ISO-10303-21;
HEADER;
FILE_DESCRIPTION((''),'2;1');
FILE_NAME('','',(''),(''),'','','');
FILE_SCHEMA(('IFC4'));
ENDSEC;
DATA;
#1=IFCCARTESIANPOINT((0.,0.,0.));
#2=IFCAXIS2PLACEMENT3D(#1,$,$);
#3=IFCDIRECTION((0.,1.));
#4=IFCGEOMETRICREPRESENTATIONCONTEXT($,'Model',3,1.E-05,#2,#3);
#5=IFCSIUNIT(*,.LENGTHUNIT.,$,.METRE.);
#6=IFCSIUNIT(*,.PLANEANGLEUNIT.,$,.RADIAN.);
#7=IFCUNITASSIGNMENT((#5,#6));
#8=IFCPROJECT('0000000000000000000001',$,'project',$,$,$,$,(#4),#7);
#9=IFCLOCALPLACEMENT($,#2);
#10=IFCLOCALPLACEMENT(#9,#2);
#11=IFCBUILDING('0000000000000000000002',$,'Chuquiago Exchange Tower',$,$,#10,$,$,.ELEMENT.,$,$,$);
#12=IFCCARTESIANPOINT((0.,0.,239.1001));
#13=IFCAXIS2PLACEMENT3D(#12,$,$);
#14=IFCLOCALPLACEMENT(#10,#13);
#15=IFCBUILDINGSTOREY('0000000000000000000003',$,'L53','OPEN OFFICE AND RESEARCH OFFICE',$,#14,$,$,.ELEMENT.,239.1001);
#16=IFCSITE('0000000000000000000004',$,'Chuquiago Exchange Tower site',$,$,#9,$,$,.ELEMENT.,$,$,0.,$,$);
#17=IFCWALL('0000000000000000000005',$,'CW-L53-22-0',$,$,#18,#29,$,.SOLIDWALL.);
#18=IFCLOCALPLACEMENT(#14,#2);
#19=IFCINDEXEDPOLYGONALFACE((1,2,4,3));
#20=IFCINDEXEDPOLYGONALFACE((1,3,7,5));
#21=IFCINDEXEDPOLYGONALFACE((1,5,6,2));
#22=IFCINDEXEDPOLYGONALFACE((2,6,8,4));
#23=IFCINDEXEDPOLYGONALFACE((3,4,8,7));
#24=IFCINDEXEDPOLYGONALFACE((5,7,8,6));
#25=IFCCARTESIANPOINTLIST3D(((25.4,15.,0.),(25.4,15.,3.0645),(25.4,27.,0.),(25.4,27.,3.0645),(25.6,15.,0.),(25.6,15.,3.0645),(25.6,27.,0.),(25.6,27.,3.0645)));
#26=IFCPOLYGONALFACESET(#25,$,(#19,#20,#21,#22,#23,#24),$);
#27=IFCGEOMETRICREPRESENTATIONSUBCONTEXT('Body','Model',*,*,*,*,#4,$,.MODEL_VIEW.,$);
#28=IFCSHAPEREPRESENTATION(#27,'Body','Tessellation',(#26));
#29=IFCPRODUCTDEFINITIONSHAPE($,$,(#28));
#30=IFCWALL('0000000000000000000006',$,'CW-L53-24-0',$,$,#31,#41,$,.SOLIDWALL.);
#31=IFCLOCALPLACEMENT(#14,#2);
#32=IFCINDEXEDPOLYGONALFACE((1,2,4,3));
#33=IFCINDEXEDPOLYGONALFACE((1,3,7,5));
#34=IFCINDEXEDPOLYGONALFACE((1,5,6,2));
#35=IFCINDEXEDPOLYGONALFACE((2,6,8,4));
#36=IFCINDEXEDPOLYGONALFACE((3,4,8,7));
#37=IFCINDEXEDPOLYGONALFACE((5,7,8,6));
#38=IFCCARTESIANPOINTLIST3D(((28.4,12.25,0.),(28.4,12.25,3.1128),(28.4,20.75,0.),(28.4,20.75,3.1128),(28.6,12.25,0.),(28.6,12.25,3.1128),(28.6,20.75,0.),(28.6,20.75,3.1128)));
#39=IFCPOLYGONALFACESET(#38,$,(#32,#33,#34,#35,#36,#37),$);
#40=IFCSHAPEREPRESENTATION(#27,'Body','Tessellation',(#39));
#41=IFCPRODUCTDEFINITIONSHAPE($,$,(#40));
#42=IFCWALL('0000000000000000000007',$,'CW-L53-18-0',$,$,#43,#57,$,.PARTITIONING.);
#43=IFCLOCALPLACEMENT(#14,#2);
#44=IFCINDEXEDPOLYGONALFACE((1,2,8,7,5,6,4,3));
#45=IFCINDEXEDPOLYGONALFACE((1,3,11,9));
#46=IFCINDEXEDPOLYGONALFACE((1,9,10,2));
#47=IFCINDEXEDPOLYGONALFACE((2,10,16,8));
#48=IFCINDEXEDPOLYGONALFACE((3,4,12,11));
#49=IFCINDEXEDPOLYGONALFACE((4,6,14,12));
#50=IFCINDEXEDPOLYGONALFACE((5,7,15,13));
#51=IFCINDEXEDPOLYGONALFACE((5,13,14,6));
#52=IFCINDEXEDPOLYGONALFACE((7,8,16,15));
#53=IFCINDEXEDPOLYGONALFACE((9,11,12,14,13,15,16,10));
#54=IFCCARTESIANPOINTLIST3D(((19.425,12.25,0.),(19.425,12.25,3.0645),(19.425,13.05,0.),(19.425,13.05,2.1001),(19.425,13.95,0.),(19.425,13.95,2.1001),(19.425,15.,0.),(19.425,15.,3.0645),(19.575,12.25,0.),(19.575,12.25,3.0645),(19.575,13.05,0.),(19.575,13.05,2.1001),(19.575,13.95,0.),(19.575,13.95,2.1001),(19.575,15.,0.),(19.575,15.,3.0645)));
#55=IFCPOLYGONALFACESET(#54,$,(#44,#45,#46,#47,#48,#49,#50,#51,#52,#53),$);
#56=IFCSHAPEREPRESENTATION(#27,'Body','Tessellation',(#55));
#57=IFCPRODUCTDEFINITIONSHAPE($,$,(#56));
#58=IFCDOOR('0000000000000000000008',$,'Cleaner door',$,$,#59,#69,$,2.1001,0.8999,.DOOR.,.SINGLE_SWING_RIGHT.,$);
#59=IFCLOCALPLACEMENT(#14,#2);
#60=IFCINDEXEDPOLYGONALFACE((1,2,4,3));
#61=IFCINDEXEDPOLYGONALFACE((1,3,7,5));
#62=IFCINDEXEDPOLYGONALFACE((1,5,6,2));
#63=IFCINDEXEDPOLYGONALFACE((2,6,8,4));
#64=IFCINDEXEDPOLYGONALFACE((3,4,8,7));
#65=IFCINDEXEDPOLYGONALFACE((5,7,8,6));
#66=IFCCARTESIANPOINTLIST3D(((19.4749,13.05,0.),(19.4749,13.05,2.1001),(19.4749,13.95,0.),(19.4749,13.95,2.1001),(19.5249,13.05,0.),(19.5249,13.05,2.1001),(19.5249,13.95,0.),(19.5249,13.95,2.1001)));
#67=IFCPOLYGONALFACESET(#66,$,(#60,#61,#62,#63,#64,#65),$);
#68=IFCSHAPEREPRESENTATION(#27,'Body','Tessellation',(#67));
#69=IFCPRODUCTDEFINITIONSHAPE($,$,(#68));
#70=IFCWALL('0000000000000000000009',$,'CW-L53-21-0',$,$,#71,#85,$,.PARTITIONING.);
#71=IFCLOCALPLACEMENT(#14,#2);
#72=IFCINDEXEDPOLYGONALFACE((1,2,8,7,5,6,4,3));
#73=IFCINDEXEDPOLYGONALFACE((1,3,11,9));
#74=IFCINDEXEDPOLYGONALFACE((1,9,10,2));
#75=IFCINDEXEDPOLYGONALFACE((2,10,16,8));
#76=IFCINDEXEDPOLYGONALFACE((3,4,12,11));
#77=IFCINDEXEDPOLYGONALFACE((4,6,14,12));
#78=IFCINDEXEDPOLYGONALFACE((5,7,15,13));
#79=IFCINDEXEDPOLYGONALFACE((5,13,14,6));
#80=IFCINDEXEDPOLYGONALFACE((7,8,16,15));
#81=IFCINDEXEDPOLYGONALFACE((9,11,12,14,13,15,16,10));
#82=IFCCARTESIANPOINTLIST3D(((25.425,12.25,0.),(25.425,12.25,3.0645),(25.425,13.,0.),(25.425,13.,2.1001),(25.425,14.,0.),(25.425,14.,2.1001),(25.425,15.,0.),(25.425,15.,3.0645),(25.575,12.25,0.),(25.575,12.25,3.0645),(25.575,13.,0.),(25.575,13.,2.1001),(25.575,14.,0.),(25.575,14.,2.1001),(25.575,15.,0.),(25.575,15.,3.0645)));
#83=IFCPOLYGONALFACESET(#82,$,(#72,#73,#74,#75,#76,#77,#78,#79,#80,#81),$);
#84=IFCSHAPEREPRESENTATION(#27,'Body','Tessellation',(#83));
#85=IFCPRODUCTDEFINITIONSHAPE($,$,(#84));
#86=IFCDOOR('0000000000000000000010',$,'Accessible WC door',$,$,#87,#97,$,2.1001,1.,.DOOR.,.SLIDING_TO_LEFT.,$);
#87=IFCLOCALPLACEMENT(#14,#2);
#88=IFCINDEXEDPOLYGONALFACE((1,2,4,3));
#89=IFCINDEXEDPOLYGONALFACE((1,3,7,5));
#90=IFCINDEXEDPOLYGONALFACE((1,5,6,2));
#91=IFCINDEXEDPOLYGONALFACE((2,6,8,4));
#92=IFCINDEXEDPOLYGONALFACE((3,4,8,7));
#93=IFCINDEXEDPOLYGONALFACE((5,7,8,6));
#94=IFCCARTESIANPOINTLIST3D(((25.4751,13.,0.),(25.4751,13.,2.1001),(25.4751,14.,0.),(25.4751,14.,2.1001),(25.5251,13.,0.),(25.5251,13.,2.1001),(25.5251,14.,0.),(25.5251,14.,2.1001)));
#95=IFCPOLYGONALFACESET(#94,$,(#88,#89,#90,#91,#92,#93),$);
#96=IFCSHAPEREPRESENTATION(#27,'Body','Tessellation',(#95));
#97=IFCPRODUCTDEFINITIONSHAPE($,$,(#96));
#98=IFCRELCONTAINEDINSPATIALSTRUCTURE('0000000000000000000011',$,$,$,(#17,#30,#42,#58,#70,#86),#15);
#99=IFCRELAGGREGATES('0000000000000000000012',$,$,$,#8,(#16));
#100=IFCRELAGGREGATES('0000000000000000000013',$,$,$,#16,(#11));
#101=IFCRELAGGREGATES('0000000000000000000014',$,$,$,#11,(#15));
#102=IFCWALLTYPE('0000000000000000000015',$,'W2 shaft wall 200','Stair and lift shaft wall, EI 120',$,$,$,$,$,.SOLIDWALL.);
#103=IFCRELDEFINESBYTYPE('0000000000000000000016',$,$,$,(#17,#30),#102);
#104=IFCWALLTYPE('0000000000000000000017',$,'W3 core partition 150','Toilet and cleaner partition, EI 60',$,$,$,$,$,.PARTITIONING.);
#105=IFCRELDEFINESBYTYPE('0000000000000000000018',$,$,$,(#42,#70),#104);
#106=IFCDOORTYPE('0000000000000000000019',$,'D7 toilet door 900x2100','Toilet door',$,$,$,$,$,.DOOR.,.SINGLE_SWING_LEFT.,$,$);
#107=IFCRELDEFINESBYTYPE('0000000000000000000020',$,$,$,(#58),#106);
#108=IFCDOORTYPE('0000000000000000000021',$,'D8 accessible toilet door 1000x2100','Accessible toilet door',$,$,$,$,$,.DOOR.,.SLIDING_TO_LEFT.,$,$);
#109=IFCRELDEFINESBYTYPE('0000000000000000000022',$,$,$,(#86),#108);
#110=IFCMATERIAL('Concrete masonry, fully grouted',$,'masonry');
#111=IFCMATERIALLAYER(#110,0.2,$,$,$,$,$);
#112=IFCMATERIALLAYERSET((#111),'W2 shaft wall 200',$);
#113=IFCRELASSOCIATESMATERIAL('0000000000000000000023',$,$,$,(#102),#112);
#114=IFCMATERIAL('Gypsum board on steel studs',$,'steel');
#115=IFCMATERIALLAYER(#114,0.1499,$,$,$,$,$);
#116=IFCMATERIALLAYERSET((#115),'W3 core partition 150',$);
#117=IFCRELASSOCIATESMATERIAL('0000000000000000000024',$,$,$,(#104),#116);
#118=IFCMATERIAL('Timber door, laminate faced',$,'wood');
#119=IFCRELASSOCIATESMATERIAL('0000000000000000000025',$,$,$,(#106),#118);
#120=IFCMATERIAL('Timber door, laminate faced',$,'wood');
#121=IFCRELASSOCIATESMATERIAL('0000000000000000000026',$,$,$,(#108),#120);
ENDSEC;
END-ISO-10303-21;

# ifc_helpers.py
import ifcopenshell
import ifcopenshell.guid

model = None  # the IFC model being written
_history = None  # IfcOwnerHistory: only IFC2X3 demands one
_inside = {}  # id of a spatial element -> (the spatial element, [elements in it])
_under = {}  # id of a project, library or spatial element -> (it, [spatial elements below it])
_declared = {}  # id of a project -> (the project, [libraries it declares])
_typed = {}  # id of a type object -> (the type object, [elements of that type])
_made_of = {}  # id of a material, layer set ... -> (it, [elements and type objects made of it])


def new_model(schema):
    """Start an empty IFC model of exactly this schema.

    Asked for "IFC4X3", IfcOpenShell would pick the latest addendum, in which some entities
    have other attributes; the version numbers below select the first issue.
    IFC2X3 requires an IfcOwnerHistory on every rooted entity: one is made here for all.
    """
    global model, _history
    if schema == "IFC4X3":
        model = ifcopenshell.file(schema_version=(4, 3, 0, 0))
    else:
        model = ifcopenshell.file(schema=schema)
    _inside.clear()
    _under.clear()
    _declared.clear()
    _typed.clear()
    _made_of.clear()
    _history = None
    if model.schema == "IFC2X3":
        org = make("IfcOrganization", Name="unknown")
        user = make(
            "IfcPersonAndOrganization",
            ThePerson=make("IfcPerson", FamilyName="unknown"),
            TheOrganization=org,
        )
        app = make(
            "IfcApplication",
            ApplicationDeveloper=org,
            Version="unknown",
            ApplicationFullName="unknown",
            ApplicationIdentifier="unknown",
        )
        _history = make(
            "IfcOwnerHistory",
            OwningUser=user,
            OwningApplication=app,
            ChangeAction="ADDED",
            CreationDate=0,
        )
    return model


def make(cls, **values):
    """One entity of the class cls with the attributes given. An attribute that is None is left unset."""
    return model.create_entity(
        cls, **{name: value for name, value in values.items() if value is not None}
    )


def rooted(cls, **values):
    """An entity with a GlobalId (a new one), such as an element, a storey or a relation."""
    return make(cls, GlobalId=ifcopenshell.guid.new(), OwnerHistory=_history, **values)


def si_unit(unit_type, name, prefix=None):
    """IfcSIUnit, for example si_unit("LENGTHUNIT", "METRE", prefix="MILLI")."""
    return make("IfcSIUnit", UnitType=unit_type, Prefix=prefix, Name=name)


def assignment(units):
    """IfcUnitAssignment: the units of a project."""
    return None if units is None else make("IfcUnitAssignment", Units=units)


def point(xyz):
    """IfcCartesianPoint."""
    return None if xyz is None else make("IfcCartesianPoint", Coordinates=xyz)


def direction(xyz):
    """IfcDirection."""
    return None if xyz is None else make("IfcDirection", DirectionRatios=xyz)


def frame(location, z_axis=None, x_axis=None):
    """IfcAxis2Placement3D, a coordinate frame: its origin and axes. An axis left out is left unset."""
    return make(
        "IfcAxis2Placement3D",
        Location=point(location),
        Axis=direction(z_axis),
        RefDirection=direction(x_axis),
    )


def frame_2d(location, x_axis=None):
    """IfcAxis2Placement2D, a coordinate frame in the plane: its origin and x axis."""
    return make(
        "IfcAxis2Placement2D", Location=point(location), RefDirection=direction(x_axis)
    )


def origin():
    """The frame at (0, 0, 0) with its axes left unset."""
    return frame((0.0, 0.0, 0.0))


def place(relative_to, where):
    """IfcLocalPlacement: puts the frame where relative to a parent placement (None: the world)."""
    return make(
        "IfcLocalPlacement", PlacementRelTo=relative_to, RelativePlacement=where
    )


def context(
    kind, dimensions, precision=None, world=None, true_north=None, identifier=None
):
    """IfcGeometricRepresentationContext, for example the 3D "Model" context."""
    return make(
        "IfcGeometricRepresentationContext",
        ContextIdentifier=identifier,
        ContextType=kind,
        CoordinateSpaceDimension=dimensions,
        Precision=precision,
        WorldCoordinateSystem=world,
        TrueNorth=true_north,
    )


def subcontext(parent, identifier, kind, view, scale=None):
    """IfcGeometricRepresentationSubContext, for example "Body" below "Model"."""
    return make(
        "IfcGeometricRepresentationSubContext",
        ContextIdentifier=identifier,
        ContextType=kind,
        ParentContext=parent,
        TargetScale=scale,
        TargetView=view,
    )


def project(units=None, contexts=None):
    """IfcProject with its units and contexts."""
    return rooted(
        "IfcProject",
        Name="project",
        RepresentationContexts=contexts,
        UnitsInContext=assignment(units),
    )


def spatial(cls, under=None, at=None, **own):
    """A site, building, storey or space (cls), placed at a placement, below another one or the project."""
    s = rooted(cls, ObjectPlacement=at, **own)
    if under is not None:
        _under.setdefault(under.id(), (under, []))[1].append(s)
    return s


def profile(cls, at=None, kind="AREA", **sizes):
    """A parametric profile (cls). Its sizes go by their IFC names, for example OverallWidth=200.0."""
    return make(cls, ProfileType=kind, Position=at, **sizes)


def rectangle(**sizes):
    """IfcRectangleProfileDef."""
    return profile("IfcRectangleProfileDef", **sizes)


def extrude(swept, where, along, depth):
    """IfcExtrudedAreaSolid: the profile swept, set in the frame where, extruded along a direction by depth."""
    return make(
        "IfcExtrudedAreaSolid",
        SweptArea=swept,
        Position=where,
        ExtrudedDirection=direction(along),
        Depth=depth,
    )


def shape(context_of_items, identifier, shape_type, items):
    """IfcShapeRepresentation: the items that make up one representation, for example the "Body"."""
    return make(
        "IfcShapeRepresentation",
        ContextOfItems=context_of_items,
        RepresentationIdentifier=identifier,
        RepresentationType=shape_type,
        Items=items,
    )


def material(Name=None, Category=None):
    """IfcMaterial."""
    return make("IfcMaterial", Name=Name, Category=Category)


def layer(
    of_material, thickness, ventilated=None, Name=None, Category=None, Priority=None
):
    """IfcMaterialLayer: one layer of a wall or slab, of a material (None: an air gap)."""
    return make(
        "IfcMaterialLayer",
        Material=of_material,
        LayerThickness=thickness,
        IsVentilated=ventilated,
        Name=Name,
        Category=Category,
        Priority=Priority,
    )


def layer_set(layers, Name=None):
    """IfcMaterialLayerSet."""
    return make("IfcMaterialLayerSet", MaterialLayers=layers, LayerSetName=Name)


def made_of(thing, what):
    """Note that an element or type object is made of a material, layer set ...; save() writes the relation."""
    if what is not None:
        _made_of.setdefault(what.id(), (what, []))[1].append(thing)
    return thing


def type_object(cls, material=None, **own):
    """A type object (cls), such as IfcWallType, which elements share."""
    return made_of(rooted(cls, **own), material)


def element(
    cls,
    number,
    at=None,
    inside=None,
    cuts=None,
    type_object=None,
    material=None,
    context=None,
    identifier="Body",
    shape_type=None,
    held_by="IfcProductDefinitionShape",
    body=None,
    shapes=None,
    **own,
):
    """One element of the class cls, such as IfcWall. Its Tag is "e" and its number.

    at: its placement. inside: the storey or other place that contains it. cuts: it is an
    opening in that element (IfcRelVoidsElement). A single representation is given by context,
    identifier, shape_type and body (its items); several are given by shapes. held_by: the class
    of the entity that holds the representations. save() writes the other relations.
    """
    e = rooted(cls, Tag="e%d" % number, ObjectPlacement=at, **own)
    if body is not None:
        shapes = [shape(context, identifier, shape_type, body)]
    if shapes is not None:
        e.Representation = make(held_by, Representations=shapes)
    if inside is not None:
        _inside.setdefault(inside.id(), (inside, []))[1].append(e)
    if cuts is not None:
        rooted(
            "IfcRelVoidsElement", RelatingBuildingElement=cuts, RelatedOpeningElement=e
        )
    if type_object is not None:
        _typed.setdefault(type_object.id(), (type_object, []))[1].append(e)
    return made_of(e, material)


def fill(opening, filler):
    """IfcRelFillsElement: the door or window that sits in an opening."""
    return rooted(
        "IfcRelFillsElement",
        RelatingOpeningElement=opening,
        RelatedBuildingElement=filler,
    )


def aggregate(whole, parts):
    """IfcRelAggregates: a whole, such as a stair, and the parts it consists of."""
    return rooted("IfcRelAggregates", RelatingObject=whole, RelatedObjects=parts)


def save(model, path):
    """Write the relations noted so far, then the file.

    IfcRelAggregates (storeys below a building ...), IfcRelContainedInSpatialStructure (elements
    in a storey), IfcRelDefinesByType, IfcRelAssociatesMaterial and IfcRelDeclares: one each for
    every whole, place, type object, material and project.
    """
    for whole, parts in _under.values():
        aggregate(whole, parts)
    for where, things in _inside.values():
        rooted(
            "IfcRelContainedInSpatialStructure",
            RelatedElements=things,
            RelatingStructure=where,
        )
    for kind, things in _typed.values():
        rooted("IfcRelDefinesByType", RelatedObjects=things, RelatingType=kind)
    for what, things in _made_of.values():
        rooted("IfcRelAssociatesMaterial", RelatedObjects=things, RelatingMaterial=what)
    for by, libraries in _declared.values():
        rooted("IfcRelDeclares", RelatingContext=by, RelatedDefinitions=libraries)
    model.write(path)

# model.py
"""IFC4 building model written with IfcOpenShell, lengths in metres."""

from ifc_helpers import new_model, si_unit, direction, frame, frame_2d, origin, place, context, subcontext, project, spatial, rectangle, extrude, material, layer, layer_set, type_object, element, fill, save


model = new_model("IFC4")

# Units and contexts
model_context = context("Model", 3, precision=1e-05, world=origin(), true_north=direction((0.0, 1.0)))
body_context = subcontext(model_context, "Body", "Model", "MODEL_VIEW")
ifc_project = project(units=[si_unit("LENGTHUNIT", "METRE"), si_unit("PLANEANGLEUNIT", "RADIAN")], contexts=[model_context])

# Site, building, storey
site_placement = place(None, origin())
site = spatial("IfcSite", under=ifc_project, at=site_placement, Name="Chuquiago Exchange Tower site", CompositionType="ELEMENT", RefElevation=0.0)
building_placement = place(site_placement, origin())
building = spatial("IfcBuilding", under=site, at=building_placement, Name="Chuquiago Exchange Tower", CompositionType="ELEMENT")
storey_placement = place(building_placement, frame((0.0, 0.0, 239.1001)))
storey = spatial("IfcBuildingStorey", under=building, at=storey_placement, Name="L53", Description="OPEN OFFICE AND RESEARCH OFFICE", CompositionType="ELEMENT", Elevation=239.1001)

# Shared definitions
ifc_material_1 = material(Name="Concrete masonry, fully grouted", Category="masonry")
ifc_layer_1 = layer(ifc_material_1, 0.2)
ifc_layer_set_1 = layer_set([ifc_layer_1], Name="W2 shaft wall 200")
wall_type_1 = type_object("IfcWallType", Name="W2 shaft wall 200", Description="Stair and lift shaft wall, EI 120", PredefinedType="SOLIDWALL", material=ifc_layer_set_1)

# Walls
wall_1_placement = place(storey_placement, frame((25.5, 15.0, 0.0), z_axis=(0.0, 0.0, 1.0), x_axis=(0.0, 1.0, 0.0)))
element("IfcWall", 1, at=wall_1_placement, inside=storey, type_object=wall_type_1, Name="CW-L53-22-0", PredefinedType="SOLIDWALL", context=body_context, shape_type="SweptSolid", body=[
    extrude(rectangle(XDim=12.0, YDim=0.2, at=frame_2d((6.0, 0.0))), origin(), (0.0, 0.0, 1.0), 3.0645),
])
wall_2_placement = place(storey_placement, frame((28.5, 12.25, 0.0), z_axis=(0.0, 0.0, 1.0), x_axis=(0.0, 1.0, 0.0)))
element("IfcWall", 2, at=wall_2_placement, inside=storey, type_object=wall_type_1, Name="CW-L53-24-0", PredefinedType="SOLIDWALL", context=body_context, shape_type="SweptSolid", body=[
    extrude(rectangle(XDim=8.5, YDim=0.2, at=frame_2d((4.25, 0.0))), origin(), (0.0, 0.0, 1.0), 3.1128),
])

# Walls, openings, doors
ifc_material_2 = material(Name="Gypsum board on steel studs", Category="steel")
ifc_layer_2 = layer(ifc_material_2, 0.1499)
ifc_layer_set_2 = layer_set([ifc_layer_2], Name="W3 core partition 150")
wall_type_2 = type_object("IfcWallType", Name="W3 core partition 150", Description="Toilet and cleaner partition, EI 60", PredefinedType="PARTITIONING", material=ifc_layer_set_2)
wall_3_placement = place(storey_placement, frame((19.5, 12.25, 0.0), z_axis=(0.0, 0.0, 1.0), x_axis=(0.0, 1.0, 0.0)))
wall_3 = element("IfcWall", 3, at=wall_3_placement, inside=storey, type_object=wall_type_2, Name="CW-L53-18-0", PredefinedType="PARTITIONING", context=body_context, shape_type="SweptSolid", body=[
    extrude(rectangle(XDim=2.75, YDim=0.1499, at=frame_2d((1.375, 0.0))), origin(), (0.0, 0.0, 1.0), 3.0645),
])
opening_1_placement = place(wall_3_placement, frame((0.8, 0.0, 0.0)))
opening_1 = element("IfcOpeningElement", 4, at=opening_1_placement, cuts=wall_3, PredefinedType="OPENING", context=body_context, shape_type="SweptSolid", body=[
    extrude(rectangle(XDim=0.8999, YDim=2.1001, at=frame_2d((0.45, 1.05))), frame((0.0, 0.085, 0.0), z_axis=(0.0, -1.0, 0.0), x_axis=(1.0, 0.0, 0.0)), (0.0, 0.0, 1.0), 0.1699),
])
ifc_material_3 = material(Name="Timber door, laminate faced", Category="wood")
door_type_1 = type_object("IfcDoorType", Name="D7 toilet door 900x2100", Description="Toilet door", OperationType="SINGLE_SWING_LEFT", PredefinedType="DOOR", material=ifc_material_3)
door_1_placement = place(opening_1_placement, frame((0.8999, 0.0, 0.0), z_axis=(0.0, 0.0, 1.0), x_axis=(-1.0, 0.0, 0.0)))
door_1 = element("IfcDoor", 5, at=door_1_placement, inside=storey, type_object=door_type_1, Name="Cleaner door", OperationType="SINGLE_SWING_RIGHT", OverallHeight=2.1001, OverallWidth=0.8999, PredefinedType="DOOR", context=body_context, shape_type="SweptSolid", body=[
    extrude(rectangle(XDim=0.8999, YDim=2.1001, at=frame_2d((0.45, 1.05))), frame((0.0, 0.0249, 0.0), z_axis=(0.0, -1.0, 0.0), x_axis=(1.0, 0.0, 0.0)), (0.0, 0.0, 1.0), 0.05),
])
fill(opening_1, door_1)
wall_4_placement = place(storey_placement, frame((25.5, 12.25, 0.0), z_axis=(0.0, 0.0, 1.0), x_axis=(0.0, 1.0, 0.0)))
wall_4 = element("IfcWall", 6, at=wall_4_placement, inside=storey, type_object=wall_type_2, Name="CW-L53-21-0", PredefinedType="PARTITIONING", context=body_context, shape_type="SweptSolid", body=[
    extrude(rectangle(XDim=2.75, YDim=0.1499, at=frame_2d((1.375, 0.0))), origin(), (0.0, 0.0, 1.0), 3.0645),
])
opening_2_placement = place(wall_4_placement, frame((0.75, 0.0, 0.0)))
opening_2 = element("IfcOpeningElement", 7, at=opening_2_placement, cuts=wall_4, PredefinedType="OPENING", context=body_context, shape_type="SweptSolid", body=[
    extrude(rectangle(XDim=1.0, YDim=2.1001, at=frame_2d((0.5, 1.05))), frame((0.0, 0.085, 0.0), z_axis=(0.0, -1.0, 0.0), x_axis=(1.0, 0.0, 0.0)), (0.0, 0.0, 1.0), 0.1699),
])
ifc_material_4 = material(Name="Timber door, laminate faced", Category="wood")
door_type_2 = type_object("IfcDoorType", Name="D8 accessible toilet door 1000x2100", Description="Accessible toilet door", OperationType="SLIDING_TO_LEFT", PredefinedType="DOOR", material=ifc_material_4)
door_2_placement = place(opening_2_placement, origin())
door_2 = element("IfcDoor", 8, at=door_2_placement, inside=storey, type_object=door_type_2, Name="Accessible WC door", OperationType="SLIDING_TO_LEFT", OverallHeight=2.1001, OverallWidth=1.0, PredefinedType="DOOR", context=body_context, shape_type="SweptSolid", body=[
    extrude(rectangle(XDim=1.0, YDim=2.1001, at=frame_2d((0.5, 1.05))), frame((0.0, 0.0249, 0.0), z_axis=(0.0, -1.0, 0.0), x_axis=(1.0, 0.0, 0.0)), (0.0, 0.0, 1.0), 0.05),
])
fill(opening_2, door_2)

save(model, "model.ifc")
